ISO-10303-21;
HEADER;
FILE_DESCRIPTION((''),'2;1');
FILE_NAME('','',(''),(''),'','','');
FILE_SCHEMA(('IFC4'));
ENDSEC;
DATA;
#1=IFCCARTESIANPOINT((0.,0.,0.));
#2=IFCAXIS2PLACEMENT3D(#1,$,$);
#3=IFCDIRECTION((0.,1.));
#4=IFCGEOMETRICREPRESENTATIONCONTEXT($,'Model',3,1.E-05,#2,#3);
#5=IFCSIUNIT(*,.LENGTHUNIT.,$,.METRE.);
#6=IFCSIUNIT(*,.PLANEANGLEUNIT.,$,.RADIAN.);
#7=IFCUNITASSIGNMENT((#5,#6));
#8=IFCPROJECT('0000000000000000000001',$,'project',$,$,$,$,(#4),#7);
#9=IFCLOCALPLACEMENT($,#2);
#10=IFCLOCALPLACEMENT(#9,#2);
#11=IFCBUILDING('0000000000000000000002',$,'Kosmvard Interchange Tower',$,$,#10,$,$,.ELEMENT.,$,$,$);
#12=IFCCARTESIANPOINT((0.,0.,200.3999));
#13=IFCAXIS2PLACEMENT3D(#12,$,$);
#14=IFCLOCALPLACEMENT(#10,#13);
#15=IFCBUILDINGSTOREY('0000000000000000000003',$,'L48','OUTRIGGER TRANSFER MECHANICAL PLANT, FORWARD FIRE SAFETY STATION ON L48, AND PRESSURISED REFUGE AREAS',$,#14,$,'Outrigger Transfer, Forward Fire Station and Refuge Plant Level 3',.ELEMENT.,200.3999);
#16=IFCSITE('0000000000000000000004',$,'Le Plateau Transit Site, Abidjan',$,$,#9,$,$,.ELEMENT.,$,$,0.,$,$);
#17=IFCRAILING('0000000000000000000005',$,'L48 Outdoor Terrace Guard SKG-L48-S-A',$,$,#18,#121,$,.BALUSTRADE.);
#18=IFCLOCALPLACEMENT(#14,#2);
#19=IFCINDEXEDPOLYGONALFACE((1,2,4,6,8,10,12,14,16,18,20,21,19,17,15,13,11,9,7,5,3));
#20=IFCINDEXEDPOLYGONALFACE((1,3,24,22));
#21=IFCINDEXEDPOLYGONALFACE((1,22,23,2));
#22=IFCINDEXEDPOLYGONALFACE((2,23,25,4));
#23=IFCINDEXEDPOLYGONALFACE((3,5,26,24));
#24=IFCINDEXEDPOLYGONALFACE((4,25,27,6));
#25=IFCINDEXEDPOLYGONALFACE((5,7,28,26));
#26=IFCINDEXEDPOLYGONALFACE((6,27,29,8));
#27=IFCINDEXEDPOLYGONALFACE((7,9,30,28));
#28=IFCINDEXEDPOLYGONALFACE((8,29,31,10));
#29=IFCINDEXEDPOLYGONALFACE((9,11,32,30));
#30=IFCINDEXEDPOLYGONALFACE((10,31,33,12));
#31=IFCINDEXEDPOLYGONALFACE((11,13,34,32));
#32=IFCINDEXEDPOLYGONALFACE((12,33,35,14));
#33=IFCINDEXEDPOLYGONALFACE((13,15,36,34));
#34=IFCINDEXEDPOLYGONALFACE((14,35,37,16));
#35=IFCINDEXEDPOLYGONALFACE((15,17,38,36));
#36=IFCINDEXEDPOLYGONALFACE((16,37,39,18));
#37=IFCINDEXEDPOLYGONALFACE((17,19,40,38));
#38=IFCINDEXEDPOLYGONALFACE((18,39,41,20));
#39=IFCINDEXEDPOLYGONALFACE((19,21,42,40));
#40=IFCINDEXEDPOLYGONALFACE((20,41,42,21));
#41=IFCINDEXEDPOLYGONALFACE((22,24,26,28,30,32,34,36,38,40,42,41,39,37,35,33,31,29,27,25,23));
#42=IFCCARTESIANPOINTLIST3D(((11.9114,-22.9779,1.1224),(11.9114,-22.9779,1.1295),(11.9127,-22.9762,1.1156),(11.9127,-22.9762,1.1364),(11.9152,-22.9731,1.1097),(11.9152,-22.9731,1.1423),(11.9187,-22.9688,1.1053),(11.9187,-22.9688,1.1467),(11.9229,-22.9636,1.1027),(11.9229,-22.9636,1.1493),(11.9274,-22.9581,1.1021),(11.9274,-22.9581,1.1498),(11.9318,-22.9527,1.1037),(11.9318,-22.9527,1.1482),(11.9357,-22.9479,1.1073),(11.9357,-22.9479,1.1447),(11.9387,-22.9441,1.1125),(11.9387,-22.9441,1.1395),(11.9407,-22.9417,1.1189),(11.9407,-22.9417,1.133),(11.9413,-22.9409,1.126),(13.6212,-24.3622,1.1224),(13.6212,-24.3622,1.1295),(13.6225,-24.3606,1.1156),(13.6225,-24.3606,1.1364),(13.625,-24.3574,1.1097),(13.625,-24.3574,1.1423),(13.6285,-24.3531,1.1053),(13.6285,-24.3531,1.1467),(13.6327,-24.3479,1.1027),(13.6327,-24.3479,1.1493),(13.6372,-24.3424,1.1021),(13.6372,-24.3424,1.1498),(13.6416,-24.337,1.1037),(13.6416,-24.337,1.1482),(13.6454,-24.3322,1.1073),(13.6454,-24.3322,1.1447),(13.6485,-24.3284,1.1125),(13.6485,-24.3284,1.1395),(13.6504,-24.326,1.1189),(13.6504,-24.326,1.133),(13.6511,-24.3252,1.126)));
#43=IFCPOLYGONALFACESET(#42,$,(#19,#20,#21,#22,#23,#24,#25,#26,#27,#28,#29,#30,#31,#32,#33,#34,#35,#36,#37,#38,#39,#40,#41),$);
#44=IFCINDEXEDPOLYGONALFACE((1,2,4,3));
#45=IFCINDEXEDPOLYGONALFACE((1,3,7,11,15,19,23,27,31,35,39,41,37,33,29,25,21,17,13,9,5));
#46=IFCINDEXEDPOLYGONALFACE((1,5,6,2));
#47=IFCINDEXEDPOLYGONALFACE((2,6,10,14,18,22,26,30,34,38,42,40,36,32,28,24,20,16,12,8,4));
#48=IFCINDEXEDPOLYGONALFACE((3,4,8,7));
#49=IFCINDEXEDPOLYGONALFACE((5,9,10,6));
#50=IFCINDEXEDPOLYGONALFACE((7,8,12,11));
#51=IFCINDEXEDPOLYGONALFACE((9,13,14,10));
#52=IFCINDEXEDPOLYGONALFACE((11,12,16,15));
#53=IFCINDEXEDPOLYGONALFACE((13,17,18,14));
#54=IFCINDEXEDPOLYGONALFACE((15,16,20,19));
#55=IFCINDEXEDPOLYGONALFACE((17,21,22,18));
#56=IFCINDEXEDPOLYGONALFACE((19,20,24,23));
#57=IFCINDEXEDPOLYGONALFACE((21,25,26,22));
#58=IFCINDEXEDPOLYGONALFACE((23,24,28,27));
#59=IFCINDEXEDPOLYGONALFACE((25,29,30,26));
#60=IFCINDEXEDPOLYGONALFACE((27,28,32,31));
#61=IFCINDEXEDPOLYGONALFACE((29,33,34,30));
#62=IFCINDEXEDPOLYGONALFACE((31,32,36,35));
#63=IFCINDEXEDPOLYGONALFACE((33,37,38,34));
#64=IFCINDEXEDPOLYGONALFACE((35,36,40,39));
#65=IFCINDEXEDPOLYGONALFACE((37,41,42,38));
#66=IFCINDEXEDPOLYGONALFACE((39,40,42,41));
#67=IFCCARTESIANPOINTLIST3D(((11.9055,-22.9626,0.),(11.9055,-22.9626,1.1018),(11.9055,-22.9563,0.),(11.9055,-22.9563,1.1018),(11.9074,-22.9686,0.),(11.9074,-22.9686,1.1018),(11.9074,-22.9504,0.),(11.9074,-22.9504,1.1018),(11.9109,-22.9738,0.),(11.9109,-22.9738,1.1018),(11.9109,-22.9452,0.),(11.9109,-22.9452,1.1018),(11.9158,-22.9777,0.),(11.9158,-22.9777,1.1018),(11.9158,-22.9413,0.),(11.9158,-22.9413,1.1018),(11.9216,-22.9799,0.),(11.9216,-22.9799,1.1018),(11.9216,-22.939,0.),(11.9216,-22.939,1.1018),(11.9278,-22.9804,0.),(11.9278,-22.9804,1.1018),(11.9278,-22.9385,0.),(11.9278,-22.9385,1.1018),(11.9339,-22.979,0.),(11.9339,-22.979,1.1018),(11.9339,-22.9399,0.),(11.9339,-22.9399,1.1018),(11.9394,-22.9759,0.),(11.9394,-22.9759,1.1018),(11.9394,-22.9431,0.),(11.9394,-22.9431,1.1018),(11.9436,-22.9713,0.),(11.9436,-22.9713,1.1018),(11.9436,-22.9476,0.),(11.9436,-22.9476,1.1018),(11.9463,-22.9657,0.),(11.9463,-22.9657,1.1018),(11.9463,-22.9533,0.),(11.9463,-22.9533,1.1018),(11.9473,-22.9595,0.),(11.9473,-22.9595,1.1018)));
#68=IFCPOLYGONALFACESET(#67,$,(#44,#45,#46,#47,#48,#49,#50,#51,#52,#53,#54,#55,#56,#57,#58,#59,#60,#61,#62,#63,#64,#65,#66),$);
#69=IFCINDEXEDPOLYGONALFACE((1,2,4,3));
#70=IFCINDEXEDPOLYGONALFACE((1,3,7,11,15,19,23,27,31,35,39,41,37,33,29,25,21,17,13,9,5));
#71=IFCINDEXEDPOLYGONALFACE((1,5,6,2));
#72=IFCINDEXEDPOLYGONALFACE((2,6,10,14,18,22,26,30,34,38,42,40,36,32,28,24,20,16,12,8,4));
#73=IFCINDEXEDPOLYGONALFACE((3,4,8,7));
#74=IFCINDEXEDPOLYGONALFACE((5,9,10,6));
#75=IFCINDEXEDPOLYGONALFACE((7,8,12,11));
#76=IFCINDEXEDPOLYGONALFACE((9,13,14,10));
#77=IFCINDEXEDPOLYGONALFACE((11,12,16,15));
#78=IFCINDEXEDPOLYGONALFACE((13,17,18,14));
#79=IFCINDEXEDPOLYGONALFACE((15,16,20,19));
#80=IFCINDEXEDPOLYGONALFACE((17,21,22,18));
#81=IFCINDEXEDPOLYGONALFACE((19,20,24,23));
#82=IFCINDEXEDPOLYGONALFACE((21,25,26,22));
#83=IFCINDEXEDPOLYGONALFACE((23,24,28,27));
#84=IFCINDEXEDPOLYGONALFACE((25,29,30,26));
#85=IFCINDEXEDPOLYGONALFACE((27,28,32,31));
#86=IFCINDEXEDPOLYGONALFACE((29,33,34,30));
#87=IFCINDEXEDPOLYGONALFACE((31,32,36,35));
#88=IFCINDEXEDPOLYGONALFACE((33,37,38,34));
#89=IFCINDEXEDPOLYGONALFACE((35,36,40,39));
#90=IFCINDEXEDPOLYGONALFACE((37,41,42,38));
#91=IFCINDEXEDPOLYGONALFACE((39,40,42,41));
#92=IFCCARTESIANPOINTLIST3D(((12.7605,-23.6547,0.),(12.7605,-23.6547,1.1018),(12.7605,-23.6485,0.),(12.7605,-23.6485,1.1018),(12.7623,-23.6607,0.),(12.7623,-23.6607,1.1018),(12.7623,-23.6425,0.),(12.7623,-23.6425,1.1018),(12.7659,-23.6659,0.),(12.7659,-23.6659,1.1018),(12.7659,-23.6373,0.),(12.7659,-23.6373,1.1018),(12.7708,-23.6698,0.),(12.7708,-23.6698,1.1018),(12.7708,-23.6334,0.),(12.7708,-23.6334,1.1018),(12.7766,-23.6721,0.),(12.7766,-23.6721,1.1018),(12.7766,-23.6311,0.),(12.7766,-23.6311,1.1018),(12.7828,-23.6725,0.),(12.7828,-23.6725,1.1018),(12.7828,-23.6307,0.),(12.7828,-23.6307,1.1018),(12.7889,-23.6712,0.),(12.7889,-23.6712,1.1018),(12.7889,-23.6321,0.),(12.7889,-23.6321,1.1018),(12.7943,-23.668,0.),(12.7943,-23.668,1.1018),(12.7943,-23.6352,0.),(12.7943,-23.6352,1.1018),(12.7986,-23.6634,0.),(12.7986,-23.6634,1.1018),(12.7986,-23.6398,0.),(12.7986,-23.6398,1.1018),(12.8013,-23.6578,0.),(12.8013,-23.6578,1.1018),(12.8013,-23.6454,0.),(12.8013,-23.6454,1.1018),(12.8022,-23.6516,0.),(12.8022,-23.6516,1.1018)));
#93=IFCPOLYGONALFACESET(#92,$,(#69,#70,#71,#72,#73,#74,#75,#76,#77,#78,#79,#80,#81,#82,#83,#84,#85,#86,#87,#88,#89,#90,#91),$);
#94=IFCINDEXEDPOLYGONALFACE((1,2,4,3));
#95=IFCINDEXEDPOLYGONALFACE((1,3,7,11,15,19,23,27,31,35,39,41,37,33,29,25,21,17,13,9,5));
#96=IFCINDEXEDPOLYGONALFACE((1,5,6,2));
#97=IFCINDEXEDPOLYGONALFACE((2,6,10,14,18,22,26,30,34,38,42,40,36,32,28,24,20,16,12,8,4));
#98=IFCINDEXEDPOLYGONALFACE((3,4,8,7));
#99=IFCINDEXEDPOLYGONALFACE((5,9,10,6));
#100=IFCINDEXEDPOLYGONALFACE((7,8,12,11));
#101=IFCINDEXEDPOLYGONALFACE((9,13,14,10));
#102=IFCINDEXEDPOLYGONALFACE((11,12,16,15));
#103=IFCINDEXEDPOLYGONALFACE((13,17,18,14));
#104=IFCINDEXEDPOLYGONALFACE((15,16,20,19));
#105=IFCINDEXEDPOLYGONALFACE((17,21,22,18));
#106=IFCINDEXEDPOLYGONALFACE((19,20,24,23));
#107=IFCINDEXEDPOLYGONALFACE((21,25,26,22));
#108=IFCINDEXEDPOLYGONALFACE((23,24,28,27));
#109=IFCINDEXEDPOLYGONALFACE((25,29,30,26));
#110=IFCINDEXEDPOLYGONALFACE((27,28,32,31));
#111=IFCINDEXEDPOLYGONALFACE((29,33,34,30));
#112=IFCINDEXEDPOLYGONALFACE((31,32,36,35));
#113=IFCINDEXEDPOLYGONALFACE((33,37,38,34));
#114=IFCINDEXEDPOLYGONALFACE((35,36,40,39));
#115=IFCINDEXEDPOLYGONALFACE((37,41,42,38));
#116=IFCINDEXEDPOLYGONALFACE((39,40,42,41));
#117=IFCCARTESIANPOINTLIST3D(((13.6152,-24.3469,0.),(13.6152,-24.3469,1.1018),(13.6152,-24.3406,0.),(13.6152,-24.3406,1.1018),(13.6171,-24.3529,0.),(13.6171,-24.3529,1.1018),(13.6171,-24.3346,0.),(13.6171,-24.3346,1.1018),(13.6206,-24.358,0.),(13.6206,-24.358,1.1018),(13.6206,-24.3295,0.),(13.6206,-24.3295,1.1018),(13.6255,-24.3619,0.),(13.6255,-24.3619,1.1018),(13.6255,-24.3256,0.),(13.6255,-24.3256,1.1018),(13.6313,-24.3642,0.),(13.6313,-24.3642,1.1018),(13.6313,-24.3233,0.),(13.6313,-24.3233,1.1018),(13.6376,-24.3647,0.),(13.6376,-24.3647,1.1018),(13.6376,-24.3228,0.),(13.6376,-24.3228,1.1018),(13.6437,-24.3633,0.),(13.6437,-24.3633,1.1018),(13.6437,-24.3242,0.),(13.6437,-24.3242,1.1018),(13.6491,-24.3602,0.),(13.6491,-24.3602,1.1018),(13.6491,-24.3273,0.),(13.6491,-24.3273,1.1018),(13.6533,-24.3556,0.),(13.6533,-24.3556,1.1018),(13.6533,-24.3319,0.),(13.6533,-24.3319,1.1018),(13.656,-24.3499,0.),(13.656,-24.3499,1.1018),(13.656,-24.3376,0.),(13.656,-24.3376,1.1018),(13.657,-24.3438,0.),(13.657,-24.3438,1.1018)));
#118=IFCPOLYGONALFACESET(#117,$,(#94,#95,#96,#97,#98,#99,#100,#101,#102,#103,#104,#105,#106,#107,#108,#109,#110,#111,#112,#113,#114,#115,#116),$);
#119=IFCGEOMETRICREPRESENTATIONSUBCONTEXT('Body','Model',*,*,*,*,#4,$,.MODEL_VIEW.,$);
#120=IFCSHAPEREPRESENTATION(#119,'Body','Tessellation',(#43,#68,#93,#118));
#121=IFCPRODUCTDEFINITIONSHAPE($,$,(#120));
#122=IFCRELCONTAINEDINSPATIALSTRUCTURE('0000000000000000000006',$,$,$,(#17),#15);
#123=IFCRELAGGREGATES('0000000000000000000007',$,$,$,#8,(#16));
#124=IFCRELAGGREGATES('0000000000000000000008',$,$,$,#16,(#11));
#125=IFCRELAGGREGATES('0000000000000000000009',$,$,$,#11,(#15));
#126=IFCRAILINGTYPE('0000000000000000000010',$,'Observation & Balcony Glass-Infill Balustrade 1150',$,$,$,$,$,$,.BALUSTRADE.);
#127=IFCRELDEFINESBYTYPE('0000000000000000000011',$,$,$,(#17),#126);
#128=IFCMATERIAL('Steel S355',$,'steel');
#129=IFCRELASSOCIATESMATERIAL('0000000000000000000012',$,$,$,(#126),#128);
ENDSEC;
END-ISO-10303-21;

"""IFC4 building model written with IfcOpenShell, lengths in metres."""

from ifc_helpers import new_model, si_unit, direction, frame, origin, origin_2d, place, context, subcontext, project, spatial, circle, extrude, source, transform, mapped, material, type_object, element, save


model = new_model("IFC4")

# Units and contexts
model_context = context("Model", 3, precision=1e-05, world=origin(), true_north=direction((0.0, 1.0)))
body_context = subcontext(model_context, "Body", "Model", "MODEL_VIEW")
ifc_project = project(units=[si_unit("LENGTHUNIT", "METRE"), si_unit("PLANEANGLEUNIT", "RADIAN")], contexts=[model_context])

# Site, building, storey
site_placement = place(None, origin())
site = spatial("IfcSite", under=ifc_project, at=site_placement, Name="Le Plateau Transit Site, Abidjan", CompositionType="ELEMENT", RefElevation=0.0)
building_placement = place(site_placement, origin())
building = spatial("IfcBuilding", under=site, at=building_placement, Name="Kosmvard Interchange Tower", CompositionType="ELEMENT")
storey_placement = place(building_placement, frame((0.0, 0.0, 200.3999)))
storey = spatial("IfcBuildingStorey", under=building, at=storey_placement, Name="L48", Description="OUTRIGGER TRANSFER MECHANICAL PLANT, FORWARD FIRE SAFETY STATION ON L48, AND PRESSURISED REFUGE AREAS", LongName="Outrigger Transfer, Forward Fire Station and Refuge Plant Level 3", CompositionType="ELEMENT", Elevation=200.3999)

# Shared definitions
ifc_material_1 = material(Name="Steel S355", Category="steel")

# Railing
railing_type = type_object("IfcRailingType", Name="Observation & Balcony Glass-Infill Balustrade 1150", PredefinedType="BALUSTRADE", material=ifc_material_1)
shared_shape_1 = source(origin(), body_context, "Body", "SweptSolid", [
    extrude(circle(Radius=0.0239, at=origin_2d()), frame((0.0, 0.0, 1.126), z_axis=(0.777196, -0.629259, 0.0), x_axis=(0.629259, 0.777196, 0.0)), (0.0, 0.0, 1.0), 2.2),
    extrude(circle(Radius=0.021, at=origin_2d()), origin(), (0.0, 0.0, 1.0), 1.1018),
    extrude(circle(Radius=0.021, at=origin_2d()), frame((0.855, -0.6921, 0.0)), (0.0, 0.0, 1.0), 1.1018),
    extrude(circle(Radius=0.021, at=origin_2d()), frame((1.7097, -1.3843, 0.0)), (0.0, 0.0, 1.0), 1.1018),
])
railing_placement = place(storey_placement, frame((11.9263, -22.9595, 0.0)))
element("IfcRailing", 1, at=railing_placement, inside=storey, type_object=railing_type, Name="L48 Outdoor Terrace Guard SKG-L48-S-A", PredefinedType="BALUSTRADE", context=body_context, shape_type="MappedRepresentation", body=[
    mapped(shared_shape_1, transform((0.0, 0.0, 0.0), scale=1.0)),
])

save(model, "model.ifc")
